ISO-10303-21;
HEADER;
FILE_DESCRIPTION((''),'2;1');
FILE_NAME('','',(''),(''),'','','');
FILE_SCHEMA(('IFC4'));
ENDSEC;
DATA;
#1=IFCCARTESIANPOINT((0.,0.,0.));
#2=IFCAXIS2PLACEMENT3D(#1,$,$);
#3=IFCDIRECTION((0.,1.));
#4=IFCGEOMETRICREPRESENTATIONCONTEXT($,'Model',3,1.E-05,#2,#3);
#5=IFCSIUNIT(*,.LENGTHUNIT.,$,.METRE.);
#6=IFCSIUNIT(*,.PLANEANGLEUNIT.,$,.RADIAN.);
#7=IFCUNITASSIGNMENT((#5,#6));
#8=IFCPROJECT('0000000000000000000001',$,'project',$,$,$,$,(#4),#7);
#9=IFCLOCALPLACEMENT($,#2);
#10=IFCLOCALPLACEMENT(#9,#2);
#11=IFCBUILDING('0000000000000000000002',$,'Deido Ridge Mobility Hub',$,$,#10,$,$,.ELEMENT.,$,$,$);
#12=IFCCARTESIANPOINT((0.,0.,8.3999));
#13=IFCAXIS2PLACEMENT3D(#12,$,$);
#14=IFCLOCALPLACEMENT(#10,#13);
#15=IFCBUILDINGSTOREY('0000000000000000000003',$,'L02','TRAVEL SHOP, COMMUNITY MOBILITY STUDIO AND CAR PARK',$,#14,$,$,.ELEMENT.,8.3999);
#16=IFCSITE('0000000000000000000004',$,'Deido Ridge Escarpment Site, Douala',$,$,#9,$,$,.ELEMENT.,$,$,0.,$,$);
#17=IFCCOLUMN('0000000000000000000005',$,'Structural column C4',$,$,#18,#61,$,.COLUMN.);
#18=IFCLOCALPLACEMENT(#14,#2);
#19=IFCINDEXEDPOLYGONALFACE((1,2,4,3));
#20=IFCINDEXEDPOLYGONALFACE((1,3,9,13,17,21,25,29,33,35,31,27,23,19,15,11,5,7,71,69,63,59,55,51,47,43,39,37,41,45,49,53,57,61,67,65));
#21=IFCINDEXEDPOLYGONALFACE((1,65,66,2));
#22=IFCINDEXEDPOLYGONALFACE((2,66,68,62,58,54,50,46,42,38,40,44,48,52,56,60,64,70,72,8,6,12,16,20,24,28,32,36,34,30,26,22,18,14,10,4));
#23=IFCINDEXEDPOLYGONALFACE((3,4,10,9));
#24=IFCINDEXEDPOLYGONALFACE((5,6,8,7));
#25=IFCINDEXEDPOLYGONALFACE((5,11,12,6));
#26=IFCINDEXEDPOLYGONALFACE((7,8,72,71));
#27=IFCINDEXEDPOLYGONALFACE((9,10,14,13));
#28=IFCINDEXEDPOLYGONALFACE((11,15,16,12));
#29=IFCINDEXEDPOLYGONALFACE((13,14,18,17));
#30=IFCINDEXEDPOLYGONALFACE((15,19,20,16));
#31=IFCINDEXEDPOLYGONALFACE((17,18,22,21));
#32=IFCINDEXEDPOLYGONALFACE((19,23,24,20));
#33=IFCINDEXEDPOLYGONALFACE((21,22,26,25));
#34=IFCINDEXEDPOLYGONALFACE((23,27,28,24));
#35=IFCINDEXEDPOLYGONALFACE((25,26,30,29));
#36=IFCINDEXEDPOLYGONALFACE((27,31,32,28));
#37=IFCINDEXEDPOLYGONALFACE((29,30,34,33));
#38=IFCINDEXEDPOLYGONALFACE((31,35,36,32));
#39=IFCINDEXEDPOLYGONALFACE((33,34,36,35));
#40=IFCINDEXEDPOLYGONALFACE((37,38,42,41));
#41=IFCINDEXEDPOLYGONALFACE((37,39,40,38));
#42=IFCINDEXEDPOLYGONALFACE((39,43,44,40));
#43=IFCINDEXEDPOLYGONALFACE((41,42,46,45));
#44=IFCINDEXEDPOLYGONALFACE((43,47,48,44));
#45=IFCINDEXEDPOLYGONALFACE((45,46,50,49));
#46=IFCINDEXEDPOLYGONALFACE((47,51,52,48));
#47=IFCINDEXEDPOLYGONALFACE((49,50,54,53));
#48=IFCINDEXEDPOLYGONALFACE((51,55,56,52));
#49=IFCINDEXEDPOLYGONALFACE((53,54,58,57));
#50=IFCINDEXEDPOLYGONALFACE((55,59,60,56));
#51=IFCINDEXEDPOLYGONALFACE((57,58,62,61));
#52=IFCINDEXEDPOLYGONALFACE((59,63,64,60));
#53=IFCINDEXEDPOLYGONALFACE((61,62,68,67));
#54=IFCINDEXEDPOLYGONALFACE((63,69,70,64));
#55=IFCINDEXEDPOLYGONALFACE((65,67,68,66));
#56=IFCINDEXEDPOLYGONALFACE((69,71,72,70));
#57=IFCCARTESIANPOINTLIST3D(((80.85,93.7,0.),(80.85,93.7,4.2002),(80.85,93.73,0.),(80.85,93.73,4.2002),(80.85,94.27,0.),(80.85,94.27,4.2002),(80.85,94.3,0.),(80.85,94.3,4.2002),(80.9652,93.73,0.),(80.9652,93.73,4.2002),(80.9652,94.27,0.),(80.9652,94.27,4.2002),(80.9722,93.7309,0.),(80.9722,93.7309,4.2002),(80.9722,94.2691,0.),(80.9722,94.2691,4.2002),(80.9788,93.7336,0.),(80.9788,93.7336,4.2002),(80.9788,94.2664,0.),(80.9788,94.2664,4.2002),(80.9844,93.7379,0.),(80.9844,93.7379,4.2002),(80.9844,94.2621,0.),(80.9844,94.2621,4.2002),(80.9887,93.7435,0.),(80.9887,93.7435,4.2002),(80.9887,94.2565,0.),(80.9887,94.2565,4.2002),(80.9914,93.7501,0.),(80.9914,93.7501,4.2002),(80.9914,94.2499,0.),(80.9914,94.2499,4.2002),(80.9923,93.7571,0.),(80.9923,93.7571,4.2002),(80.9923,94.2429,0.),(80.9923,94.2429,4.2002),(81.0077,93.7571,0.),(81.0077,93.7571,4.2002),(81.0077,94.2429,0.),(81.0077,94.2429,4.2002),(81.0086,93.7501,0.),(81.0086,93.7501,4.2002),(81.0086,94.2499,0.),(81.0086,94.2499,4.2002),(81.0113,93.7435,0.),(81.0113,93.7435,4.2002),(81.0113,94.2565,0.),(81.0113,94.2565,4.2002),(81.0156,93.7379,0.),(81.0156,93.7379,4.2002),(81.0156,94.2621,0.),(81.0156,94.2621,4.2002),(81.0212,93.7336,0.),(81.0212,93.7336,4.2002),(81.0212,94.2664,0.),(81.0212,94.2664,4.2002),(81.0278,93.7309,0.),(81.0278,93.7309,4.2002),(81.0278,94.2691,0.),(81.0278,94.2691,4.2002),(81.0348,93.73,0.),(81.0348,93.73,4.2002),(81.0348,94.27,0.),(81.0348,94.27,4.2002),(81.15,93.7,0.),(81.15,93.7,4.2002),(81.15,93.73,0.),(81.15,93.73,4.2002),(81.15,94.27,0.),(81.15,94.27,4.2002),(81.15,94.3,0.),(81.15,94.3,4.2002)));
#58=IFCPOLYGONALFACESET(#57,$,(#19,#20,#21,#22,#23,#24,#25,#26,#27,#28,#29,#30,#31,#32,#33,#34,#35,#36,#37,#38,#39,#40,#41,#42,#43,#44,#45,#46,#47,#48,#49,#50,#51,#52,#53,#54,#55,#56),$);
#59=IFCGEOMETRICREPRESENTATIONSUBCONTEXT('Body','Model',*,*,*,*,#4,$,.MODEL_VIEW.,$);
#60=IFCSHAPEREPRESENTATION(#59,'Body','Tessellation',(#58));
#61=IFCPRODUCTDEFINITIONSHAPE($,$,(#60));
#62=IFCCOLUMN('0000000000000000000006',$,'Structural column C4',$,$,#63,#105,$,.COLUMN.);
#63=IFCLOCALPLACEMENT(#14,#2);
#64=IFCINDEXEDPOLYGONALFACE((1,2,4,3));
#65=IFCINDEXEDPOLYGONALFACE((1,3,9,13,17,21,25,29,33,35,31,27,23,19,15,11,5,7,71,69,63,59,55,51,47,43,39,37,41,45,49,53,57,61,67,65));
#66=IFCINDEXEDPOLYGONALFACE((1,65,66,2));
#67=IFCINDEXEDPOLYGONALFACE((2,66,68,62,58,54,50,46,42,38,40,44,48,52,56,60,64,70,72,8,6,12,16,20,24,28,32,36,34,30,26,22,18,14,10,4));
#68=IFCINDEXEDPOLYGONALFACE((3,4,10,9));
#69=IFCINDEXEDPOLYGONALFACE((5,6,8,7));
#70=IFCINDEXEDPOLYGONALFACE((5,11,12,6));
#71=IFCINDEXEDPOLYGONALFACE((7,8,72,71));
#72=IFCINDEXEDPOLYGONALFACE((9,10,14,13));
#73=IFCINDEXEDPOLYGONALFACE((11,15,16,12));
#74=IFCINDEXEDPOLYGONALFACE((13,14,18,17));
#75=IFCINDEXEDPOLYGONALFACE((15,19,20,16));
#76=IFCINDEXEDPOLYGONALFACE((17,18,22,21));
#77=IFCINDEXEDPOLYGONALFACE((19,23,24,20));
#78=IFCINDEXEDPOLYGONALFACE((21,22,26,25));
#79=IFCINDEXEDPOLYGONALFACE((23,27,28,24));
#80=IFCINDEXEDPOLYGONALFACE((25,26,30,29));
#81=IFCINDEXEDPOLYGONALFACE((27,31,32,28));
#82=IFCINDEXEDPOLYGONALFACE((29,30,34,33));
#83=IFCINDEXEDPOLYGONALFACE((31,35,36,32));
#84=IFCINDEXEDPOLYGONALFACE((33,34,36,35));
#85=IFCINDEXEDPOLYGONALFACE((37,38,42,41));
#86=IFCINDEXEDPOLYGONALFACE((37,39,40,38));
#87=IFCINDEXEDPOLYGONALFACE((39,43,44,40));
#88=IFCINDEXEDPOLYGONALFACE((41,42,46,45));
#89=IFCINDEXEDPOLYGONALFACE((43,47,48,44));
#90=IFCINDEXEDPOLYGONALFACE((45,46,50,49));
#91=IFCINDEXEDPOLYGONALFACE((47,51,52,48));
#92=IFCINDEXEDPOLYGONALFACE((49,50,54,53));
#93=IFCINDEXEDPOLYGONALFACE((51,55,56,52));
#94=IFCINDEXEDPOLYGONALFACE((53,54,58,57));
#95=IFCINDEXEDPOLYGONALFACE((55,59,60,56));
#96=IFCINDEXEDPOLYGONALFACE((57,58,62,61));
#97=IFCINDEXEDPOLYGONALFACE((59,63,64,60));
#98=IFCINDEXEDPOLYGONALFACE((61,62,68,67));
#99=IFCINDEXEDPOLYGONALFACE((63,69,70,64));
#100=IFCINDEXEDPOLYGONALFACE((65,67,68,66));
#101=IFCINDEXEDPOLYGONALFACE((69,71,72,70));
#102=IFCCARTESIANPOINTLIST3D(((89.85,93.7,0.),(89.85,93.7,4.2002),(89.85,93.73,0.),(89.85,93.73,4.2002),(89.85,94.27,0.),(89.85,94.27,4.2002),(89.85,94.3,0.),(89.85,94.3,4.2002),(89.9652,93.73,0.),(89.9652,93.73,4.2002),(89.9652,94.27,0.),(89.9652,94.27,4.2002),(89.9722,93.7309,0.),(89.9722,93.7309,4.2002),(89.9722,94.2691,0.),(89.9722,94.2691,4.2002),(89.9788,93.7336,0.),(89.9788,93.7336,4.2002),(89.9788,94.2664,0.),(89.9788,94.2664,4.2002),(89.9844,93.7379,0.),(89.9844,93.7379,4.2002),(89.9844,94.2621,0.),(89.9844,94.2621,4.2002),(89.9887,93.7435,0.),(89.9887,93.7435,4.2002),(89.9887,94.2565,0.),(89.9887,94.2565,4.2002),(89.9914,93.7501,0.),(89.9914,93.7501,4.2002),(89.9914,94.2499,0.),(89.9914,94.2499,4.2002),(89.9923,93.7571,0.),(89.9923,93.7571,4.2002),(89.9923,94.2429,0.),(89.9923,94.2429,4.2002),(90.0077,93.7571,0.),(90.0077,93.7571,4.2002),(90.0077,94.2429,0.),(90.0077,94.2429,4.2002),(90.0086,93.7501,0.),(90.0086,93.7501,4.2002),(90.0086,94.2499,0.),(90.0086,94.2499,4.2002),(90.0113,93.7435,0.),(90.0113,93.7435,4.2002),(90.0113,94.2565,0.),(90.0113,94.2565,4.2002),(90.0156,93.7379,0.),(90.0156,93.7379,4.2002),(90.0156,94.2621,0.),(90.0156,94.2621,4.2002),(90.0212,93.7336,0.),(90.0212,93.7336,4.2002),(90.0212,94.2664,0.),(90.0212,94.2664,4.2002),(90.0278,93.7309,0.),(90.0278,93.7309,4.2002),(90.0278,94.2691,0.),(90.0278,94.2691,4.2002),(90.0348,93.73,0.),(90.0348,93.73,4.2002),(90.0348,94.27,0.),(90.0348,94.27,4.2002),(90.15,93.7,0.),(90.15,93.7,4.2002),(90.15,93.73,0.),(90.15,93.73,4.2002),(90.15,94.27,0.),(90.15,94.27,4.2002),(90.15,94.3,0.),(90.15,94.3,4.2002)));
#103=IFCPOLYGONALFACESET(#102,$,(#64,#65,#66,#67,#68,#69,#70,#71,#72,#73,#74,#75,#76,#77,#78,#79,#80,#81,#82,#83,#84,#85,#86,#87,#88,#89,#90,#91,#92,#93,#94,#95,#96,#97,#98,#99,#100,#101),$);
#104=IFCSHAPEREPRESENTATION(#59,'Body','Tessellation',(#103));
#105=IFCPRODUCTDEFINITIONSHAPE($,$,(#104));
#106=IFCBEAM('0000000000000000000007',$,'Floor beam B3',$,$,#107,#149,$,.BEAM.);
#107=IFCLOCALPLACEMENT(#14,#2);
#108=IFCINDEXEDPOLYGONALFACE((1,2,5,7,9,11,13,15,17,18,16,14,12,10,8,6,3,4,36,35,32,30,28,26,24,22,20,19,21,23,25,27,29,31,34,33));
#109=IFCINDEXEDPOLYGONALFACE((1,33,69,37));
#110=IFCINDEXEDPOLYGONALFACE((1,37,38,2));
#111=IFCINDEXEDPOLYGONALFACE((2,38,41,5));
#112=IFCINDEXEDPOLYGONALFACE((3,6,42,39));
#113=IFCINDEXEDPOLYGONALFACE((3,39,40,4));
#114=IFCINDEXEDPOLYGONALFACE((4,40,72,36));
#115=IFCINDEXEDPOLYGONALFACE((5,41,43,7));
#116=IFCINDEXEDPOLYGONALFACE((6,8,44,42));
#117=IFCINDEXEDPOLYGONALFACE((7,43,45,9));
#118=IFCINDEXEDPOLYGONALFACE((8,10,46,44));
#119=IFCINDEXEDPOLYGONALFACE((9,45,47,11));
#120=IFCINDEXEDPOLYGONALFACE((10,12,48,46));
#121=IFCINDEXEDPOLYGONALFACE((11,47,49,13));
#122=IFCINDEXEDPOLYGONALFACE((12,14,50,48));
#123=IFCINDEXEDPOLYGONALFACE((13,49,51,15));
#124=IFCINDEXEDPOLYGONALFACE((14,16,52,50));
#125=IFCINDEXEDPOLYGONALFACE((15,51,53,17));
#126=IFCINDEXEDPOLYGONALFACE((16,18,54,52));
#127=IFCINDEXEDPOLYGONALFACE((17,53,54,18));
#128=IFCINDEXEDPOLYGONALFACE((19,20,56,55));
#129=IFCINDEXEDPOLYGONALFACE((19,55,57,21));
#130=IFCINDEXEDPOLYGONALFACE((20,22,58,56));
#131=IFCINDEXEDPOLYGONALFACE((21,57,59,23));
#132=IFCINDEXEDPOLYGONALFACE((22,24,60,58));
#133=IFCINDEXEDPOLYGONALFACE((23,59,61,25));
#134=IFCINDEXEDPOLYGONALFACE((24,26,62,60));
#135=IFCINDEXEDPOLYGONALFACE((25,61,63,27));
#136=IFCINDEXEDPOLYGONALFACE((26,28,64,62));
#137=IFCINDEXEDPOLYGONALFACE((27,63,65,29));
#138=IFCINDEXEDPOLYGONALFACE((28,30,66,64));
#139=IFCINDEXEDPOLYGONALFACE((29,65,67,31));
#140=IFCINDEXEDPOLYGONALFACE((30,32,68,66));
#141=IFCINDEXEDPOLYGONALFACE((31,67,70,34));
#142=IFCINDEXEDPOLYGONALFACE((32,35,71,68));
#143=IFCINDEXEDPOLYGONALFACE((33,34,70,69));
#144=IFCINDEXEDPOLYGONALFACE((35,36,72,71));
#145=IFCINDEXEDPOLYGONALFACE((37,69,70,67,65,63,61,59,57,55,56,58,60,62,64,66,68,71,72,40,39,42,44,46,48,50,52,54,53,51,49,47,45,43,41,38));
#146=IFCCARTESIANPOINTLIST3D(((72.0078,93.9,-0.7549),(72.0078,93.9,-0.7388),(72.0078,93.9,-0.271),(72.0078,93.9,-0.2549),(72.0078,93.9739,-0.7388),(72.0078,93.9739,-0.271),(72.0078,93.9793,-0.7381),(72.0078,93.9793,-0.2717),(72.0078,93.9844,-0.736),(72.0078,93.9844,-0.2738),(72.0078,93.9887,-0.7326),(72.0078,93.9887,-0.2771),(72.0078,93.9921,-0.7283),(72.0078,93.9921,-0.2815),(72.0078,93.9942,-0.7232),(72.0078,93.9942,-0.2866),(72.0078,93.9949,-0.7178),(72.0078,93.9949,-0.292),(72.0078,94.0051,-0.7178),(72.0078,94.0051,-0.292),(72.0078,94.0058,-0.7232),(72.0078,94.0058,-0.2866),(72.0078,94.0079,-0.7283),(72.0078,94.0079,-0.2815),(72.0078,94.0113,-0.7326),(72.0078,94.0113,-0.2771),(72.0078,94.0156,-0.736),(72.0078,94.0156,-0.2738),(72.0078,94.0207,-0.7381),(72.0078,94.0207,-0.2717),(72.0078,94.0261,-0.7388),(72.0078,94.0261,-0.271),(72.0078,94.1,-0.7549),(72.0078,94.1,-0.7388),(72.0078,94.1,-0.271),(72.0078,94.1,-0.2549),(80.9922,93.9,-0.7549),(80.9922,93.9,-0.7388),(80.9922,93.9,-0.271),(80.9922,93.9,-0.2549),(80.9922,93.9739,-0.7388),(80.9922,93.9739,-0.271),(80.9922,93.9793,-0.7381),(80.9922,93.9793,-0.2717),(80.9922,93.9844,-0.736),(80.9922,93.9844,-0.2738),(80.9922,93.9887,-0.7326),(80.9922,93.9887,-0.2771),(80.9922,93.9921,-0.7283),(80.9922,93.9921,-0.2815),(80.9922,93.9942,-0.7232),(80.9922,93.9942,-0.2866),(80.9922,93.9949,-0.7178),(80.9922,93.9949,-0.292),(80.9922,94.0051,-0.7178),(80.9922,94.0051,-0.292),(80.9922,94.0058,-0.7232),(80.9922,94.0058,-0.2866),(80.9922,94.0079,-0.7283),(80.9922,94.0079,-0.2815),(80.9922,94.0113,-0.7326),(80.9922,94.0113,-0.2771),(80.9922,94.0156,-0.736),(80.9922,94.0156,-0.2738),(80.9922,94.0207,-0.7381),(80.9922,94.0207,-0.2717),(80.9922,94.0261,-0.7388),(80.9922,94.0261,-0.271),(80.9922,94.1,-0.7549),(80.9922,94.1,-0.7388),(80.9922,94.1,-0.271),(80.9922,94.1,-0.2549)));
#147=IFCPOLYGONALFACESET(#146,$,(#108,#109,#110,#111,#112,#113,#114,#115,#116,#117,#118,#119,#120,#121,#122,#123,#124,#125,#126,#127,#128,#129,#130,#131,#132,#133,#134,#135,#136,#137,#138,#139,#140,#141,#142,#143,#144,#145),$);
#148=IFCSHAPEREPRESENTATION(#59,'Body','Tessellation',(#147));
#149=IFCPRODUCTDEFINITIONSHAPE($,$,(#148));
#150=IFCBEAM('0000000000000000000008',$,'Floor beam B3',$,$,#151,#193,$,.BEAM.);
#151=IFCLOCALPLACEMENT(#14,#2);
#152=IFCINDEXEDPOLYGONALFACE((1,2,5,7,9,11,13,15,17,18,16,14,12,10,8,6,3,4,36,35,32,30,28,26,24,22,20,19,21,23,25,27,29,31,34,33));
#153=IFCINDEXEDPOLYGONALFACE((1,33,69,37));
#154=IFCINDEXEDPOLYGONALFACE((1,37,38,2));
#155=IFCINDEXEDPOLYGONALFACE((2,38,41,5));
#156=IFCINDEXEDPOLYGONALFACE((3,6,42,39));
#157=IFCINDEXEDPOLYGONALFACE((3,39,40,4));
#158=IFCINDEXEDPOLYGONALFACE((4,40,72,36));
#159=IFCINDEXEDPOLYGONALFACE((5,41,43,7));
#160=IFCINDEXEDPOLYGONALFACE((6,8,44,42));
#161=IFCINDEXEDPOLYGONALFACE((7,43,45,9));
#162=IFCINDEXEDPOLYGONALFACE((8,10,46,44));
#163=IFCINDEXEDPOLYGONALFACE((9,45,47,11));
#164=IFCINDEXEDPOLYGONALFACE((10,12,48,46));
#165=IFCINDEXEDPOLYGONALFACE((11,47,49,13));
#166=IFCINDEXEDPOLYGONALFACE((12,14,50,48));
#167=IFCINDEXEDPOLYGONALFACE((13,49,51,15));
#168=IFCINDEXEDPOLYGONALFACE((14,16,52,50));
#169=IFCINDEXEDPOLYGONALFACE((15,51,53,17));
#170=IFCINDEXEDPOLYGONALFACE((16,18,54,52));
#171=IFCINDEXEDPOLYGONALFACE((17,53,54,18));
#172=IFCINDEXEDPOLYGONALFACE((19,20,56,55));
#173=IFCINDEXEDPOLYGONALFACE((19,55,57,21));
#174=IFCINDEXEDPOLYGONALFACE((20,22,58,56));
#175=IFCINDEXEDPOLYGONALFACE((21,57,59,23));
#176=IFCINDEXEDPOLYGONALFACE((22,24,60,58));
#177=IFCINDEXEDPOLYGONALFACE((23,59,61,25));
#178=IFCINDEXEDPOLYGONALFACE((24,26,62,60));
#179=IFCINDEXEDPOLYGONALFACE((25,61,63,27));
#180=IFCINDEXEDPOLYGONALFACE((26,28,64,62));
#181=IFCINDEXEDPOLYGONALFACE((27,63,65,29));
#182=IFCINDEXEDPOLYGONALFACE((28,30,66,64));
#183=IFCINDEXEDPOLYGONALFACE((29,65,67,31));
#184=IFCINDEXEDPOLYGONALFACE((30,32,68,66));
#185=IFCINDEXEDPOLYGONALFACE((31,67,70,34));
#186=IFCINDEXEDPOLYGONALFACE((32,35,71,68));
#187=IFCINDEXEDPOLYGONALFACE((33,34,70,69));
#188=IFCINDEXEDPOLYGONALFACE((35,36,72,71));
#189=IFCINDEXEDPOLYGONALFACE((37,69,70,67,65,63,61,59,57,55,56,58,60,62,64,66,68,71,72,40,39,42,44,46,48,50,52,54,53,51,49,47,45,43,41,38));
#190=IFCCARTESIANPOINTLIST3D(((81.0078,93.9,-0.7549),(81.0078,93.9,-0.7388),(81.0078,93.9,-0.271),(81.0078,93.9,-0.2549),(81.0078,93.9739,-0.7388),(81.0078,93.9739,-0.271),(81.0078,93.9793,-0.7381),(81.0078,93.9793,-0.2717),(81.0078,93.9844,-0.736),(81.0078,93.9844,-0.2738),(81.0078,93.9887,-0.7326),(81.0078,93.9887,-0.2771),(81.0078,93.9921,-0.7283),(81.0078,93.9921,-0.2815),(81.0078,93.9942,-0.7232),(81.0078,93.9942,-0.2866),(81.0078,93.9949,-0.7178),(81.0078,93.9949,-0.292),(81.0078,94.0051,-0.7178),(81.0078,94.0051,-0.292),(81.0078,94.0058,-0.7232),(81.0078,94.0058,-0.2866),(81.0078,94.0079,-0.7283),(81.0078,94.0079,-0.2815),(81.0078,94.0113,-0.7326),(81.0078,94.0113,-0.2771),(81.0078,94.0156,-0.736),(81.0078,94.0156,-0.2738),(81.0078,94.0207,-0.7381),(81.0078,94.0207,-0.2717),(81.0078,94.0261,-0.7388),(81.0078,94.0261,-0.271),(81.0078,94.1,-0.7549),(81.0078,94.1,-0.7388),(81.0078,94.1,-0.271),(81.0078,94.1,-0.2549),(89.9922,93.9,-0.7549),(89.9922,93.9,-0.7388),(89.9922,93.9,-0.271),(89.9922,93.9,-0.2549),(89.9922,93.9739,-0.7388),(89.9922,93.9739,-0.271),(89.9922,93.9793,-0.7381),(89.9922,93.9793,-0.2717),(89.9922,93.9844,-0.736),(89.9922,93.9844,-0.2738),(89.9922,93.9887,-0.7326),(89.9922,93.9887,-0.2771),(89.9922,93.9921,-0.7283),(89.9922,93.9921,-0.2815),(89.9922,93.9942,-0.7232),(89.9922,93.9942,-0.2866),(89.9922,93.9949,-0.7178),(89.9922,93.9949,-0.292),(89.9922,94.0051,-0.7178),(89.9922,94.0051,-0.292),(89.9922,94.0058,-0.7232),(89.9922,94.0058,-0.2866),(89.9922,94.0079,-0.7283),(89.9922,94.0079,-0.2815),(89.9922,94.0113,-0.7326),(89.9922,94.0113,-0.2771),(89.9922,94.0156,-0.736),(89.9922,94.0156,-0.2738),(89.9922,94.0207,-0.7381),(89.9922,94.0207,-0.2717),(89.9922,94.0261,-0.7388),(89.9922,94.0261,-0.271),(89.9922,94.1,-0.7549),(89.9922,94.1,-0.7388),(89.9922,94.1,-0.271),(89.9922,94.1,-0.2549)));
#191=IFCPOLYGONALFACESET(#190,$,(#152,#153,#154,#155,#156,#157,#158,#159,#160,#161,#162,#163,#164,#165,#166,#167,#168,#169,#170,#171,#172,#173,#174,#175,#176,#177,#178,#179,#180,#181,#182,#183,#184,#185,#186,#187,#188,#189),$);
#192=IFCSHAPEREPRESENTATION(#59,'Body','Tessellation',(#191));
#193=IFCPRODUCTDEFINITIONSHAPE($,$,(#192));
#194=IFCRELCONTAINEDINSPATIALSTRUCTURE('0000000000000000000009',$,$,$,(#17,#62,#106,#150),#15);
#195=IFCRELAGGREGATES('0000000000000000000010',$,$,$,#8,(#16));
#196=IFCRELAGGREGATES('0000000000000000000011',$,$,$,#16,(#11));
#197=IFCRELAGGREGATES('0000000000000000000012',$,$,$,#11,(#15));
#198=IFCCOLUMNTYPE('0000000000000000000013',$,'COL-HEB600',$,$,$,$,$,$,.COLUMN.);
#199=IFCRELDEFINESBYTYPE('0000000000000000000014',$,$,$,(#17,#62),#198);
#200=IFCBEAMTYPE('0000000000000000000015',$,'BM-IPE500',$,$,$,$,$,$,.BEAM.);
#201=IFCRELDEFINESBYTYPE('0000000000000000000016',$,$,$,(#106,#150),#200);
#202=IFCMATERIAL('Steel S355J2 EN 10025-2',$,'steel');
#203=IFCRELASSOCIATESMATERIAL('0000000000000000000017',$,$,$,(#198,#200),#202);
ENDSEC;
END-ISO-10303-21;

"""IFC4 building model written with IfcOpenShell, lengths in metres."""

from ifc_helpers import new_model, si_unit, direction, frame, origin, origin_2d, place, context, subcontext, project, spatial, i_section, extrude, material, material_profile, profile_set, type_object, element, save


model = new_model("IFC4")

# Units and contexts
model_context = context("Model", 3, precision=1e-05, world=origin(), true_north=direction((0.0, 1.0)))
body_context = subcontext(model_context, "Body", "Model", "MODEL_VIEW")
ifc_project = project(units=[si_unit("LENGTHUNIT", "METRE"), si_unit("PLANEANGLEUNIT", "RADIAN")], contexts=[model_context])

# Site, building, storey
site_placement = place(None, origin())
site = spatial("IfcSite", under=ifc_project, at=site_placement, Name="Deido Ridge Escarpment Site, Douala", CompositionType="ELEMENT", RefElevation=0.0)
building_placement = place(site_placement, origin())
building = spatial("IfcBuilding", under=site, at=building_placement, Name="Deido Ridge Mobility Hub", CompositionType="ELEMENT")
storey_placement = place(building_placement, frame((0.0, 0.0, 8.3999)))
storey = spatial("IfcBuildingStorey", under=building, at=storey_placement, Name="L02", Description="TRAVEL SHOP, COMMUNITY MOBILITY STUDIO AND CAR PARK", CompositionType="ELEMENT", Elevation=8.3999)

# Columns
ifc_material_1 = material(Name="Steel S355J2 EN 10025-2", Category="steel")
ifc_material_profile_1 = material_profile(ifc_material_1, i_section(OverallWidth=0.3, OverallDepth=0.6001, WebThickness=0.0154, FlangeThickness=0.03, FilletRadius=0.0271, at=origin_2d()), Name="HEB 600")
ifc_profile_set_1 = profile_set([ifc_material_profile_1], Name="Steel S355J2 EN 10025-2")
column_type = type_object("IfcColumnType", Name="COL-HEB600", PredefinedType="COLUMN", material=ifc_profile_set_1)
for number, where, z_axis, x_axis, name in (
    (1, (81.0, 94.0, 0.0), (0.0, 0.0, 1.0), (1.0, 0.0, 0.0), "Structural column C4"),
    (2, (90.0, 94.0, 0.0), (0.0, 0.0, 1.0), (1.0, 0.0, 0.0), "Structural column C4"),
):
    element("IfcColumn", number, at=place(storey_placement, frame(where, z_axis=z_axis, x_axis=x_axis)), inside=storey, type_object=column_type, Name=name, PredefinedType="COLUMN", context=body_context, shape_type="SweptSolid", body=[
        extrude(i_section(OverallWidth=0.3, OverallDepth=0.6001, WebThickness=0.0154, FlangeThickness=0.03, FilletRadius=0.0271, at=origin_2d()), origin(), (0.0, 0.0, 1.0), 4.2002),
    ])

# Beams
ifc_material_profile_2 = material_profile(ifc_material_1, i_section(OverallWidth=0.2, OverallDepth=0.5, WebThickness=0.0103, FlangeThickness=0.0161, FilletRadius=0.021, at=origin_2d()), Name="IPE 500")
ifc_profile_set_2 = profile_set([ifc_material_profile_2], Name="Steel S355J2 EN 10025-2")
beam_type_1 = type_object("IfcBeamType", Name="BM-IPE500", PredefinedType="BEAM", material=ifc_profile_set_2)
for number, where, z_axis, x_axis, name in (
    (3, (72.0078, 94.0, -0.5049), (1.0, 0.0, 0.0), (0.0, 1.0, 0.0), "Floor beam B3"),
    (4, (81.0078, 94.0, -0.5049), (1.0, 0.0, 0.0), (0.0, 1.0, 0.0), "Floor beam B3"),
):
    element("IfcBeam", number, at=place(storey_placement, frame(where, z_axis=z_axis, x_axis=x_axis)), inside=storey, type_object=beam_type_1, Name=name, PredefinedType="BEAM", context=body_context, shape_type="SweptSolid", body=[
        extrude(i_section(OverallWidth=0.2, OverallDepth=0.5, WebThickness=0.0103, FlangeThickness=0.0161, FilletRadius=0.021, at=origin_2d()), origin(), (0.0, 0.0, 1.0), 8.9844),
    ])

save(model, "model.ifc")
